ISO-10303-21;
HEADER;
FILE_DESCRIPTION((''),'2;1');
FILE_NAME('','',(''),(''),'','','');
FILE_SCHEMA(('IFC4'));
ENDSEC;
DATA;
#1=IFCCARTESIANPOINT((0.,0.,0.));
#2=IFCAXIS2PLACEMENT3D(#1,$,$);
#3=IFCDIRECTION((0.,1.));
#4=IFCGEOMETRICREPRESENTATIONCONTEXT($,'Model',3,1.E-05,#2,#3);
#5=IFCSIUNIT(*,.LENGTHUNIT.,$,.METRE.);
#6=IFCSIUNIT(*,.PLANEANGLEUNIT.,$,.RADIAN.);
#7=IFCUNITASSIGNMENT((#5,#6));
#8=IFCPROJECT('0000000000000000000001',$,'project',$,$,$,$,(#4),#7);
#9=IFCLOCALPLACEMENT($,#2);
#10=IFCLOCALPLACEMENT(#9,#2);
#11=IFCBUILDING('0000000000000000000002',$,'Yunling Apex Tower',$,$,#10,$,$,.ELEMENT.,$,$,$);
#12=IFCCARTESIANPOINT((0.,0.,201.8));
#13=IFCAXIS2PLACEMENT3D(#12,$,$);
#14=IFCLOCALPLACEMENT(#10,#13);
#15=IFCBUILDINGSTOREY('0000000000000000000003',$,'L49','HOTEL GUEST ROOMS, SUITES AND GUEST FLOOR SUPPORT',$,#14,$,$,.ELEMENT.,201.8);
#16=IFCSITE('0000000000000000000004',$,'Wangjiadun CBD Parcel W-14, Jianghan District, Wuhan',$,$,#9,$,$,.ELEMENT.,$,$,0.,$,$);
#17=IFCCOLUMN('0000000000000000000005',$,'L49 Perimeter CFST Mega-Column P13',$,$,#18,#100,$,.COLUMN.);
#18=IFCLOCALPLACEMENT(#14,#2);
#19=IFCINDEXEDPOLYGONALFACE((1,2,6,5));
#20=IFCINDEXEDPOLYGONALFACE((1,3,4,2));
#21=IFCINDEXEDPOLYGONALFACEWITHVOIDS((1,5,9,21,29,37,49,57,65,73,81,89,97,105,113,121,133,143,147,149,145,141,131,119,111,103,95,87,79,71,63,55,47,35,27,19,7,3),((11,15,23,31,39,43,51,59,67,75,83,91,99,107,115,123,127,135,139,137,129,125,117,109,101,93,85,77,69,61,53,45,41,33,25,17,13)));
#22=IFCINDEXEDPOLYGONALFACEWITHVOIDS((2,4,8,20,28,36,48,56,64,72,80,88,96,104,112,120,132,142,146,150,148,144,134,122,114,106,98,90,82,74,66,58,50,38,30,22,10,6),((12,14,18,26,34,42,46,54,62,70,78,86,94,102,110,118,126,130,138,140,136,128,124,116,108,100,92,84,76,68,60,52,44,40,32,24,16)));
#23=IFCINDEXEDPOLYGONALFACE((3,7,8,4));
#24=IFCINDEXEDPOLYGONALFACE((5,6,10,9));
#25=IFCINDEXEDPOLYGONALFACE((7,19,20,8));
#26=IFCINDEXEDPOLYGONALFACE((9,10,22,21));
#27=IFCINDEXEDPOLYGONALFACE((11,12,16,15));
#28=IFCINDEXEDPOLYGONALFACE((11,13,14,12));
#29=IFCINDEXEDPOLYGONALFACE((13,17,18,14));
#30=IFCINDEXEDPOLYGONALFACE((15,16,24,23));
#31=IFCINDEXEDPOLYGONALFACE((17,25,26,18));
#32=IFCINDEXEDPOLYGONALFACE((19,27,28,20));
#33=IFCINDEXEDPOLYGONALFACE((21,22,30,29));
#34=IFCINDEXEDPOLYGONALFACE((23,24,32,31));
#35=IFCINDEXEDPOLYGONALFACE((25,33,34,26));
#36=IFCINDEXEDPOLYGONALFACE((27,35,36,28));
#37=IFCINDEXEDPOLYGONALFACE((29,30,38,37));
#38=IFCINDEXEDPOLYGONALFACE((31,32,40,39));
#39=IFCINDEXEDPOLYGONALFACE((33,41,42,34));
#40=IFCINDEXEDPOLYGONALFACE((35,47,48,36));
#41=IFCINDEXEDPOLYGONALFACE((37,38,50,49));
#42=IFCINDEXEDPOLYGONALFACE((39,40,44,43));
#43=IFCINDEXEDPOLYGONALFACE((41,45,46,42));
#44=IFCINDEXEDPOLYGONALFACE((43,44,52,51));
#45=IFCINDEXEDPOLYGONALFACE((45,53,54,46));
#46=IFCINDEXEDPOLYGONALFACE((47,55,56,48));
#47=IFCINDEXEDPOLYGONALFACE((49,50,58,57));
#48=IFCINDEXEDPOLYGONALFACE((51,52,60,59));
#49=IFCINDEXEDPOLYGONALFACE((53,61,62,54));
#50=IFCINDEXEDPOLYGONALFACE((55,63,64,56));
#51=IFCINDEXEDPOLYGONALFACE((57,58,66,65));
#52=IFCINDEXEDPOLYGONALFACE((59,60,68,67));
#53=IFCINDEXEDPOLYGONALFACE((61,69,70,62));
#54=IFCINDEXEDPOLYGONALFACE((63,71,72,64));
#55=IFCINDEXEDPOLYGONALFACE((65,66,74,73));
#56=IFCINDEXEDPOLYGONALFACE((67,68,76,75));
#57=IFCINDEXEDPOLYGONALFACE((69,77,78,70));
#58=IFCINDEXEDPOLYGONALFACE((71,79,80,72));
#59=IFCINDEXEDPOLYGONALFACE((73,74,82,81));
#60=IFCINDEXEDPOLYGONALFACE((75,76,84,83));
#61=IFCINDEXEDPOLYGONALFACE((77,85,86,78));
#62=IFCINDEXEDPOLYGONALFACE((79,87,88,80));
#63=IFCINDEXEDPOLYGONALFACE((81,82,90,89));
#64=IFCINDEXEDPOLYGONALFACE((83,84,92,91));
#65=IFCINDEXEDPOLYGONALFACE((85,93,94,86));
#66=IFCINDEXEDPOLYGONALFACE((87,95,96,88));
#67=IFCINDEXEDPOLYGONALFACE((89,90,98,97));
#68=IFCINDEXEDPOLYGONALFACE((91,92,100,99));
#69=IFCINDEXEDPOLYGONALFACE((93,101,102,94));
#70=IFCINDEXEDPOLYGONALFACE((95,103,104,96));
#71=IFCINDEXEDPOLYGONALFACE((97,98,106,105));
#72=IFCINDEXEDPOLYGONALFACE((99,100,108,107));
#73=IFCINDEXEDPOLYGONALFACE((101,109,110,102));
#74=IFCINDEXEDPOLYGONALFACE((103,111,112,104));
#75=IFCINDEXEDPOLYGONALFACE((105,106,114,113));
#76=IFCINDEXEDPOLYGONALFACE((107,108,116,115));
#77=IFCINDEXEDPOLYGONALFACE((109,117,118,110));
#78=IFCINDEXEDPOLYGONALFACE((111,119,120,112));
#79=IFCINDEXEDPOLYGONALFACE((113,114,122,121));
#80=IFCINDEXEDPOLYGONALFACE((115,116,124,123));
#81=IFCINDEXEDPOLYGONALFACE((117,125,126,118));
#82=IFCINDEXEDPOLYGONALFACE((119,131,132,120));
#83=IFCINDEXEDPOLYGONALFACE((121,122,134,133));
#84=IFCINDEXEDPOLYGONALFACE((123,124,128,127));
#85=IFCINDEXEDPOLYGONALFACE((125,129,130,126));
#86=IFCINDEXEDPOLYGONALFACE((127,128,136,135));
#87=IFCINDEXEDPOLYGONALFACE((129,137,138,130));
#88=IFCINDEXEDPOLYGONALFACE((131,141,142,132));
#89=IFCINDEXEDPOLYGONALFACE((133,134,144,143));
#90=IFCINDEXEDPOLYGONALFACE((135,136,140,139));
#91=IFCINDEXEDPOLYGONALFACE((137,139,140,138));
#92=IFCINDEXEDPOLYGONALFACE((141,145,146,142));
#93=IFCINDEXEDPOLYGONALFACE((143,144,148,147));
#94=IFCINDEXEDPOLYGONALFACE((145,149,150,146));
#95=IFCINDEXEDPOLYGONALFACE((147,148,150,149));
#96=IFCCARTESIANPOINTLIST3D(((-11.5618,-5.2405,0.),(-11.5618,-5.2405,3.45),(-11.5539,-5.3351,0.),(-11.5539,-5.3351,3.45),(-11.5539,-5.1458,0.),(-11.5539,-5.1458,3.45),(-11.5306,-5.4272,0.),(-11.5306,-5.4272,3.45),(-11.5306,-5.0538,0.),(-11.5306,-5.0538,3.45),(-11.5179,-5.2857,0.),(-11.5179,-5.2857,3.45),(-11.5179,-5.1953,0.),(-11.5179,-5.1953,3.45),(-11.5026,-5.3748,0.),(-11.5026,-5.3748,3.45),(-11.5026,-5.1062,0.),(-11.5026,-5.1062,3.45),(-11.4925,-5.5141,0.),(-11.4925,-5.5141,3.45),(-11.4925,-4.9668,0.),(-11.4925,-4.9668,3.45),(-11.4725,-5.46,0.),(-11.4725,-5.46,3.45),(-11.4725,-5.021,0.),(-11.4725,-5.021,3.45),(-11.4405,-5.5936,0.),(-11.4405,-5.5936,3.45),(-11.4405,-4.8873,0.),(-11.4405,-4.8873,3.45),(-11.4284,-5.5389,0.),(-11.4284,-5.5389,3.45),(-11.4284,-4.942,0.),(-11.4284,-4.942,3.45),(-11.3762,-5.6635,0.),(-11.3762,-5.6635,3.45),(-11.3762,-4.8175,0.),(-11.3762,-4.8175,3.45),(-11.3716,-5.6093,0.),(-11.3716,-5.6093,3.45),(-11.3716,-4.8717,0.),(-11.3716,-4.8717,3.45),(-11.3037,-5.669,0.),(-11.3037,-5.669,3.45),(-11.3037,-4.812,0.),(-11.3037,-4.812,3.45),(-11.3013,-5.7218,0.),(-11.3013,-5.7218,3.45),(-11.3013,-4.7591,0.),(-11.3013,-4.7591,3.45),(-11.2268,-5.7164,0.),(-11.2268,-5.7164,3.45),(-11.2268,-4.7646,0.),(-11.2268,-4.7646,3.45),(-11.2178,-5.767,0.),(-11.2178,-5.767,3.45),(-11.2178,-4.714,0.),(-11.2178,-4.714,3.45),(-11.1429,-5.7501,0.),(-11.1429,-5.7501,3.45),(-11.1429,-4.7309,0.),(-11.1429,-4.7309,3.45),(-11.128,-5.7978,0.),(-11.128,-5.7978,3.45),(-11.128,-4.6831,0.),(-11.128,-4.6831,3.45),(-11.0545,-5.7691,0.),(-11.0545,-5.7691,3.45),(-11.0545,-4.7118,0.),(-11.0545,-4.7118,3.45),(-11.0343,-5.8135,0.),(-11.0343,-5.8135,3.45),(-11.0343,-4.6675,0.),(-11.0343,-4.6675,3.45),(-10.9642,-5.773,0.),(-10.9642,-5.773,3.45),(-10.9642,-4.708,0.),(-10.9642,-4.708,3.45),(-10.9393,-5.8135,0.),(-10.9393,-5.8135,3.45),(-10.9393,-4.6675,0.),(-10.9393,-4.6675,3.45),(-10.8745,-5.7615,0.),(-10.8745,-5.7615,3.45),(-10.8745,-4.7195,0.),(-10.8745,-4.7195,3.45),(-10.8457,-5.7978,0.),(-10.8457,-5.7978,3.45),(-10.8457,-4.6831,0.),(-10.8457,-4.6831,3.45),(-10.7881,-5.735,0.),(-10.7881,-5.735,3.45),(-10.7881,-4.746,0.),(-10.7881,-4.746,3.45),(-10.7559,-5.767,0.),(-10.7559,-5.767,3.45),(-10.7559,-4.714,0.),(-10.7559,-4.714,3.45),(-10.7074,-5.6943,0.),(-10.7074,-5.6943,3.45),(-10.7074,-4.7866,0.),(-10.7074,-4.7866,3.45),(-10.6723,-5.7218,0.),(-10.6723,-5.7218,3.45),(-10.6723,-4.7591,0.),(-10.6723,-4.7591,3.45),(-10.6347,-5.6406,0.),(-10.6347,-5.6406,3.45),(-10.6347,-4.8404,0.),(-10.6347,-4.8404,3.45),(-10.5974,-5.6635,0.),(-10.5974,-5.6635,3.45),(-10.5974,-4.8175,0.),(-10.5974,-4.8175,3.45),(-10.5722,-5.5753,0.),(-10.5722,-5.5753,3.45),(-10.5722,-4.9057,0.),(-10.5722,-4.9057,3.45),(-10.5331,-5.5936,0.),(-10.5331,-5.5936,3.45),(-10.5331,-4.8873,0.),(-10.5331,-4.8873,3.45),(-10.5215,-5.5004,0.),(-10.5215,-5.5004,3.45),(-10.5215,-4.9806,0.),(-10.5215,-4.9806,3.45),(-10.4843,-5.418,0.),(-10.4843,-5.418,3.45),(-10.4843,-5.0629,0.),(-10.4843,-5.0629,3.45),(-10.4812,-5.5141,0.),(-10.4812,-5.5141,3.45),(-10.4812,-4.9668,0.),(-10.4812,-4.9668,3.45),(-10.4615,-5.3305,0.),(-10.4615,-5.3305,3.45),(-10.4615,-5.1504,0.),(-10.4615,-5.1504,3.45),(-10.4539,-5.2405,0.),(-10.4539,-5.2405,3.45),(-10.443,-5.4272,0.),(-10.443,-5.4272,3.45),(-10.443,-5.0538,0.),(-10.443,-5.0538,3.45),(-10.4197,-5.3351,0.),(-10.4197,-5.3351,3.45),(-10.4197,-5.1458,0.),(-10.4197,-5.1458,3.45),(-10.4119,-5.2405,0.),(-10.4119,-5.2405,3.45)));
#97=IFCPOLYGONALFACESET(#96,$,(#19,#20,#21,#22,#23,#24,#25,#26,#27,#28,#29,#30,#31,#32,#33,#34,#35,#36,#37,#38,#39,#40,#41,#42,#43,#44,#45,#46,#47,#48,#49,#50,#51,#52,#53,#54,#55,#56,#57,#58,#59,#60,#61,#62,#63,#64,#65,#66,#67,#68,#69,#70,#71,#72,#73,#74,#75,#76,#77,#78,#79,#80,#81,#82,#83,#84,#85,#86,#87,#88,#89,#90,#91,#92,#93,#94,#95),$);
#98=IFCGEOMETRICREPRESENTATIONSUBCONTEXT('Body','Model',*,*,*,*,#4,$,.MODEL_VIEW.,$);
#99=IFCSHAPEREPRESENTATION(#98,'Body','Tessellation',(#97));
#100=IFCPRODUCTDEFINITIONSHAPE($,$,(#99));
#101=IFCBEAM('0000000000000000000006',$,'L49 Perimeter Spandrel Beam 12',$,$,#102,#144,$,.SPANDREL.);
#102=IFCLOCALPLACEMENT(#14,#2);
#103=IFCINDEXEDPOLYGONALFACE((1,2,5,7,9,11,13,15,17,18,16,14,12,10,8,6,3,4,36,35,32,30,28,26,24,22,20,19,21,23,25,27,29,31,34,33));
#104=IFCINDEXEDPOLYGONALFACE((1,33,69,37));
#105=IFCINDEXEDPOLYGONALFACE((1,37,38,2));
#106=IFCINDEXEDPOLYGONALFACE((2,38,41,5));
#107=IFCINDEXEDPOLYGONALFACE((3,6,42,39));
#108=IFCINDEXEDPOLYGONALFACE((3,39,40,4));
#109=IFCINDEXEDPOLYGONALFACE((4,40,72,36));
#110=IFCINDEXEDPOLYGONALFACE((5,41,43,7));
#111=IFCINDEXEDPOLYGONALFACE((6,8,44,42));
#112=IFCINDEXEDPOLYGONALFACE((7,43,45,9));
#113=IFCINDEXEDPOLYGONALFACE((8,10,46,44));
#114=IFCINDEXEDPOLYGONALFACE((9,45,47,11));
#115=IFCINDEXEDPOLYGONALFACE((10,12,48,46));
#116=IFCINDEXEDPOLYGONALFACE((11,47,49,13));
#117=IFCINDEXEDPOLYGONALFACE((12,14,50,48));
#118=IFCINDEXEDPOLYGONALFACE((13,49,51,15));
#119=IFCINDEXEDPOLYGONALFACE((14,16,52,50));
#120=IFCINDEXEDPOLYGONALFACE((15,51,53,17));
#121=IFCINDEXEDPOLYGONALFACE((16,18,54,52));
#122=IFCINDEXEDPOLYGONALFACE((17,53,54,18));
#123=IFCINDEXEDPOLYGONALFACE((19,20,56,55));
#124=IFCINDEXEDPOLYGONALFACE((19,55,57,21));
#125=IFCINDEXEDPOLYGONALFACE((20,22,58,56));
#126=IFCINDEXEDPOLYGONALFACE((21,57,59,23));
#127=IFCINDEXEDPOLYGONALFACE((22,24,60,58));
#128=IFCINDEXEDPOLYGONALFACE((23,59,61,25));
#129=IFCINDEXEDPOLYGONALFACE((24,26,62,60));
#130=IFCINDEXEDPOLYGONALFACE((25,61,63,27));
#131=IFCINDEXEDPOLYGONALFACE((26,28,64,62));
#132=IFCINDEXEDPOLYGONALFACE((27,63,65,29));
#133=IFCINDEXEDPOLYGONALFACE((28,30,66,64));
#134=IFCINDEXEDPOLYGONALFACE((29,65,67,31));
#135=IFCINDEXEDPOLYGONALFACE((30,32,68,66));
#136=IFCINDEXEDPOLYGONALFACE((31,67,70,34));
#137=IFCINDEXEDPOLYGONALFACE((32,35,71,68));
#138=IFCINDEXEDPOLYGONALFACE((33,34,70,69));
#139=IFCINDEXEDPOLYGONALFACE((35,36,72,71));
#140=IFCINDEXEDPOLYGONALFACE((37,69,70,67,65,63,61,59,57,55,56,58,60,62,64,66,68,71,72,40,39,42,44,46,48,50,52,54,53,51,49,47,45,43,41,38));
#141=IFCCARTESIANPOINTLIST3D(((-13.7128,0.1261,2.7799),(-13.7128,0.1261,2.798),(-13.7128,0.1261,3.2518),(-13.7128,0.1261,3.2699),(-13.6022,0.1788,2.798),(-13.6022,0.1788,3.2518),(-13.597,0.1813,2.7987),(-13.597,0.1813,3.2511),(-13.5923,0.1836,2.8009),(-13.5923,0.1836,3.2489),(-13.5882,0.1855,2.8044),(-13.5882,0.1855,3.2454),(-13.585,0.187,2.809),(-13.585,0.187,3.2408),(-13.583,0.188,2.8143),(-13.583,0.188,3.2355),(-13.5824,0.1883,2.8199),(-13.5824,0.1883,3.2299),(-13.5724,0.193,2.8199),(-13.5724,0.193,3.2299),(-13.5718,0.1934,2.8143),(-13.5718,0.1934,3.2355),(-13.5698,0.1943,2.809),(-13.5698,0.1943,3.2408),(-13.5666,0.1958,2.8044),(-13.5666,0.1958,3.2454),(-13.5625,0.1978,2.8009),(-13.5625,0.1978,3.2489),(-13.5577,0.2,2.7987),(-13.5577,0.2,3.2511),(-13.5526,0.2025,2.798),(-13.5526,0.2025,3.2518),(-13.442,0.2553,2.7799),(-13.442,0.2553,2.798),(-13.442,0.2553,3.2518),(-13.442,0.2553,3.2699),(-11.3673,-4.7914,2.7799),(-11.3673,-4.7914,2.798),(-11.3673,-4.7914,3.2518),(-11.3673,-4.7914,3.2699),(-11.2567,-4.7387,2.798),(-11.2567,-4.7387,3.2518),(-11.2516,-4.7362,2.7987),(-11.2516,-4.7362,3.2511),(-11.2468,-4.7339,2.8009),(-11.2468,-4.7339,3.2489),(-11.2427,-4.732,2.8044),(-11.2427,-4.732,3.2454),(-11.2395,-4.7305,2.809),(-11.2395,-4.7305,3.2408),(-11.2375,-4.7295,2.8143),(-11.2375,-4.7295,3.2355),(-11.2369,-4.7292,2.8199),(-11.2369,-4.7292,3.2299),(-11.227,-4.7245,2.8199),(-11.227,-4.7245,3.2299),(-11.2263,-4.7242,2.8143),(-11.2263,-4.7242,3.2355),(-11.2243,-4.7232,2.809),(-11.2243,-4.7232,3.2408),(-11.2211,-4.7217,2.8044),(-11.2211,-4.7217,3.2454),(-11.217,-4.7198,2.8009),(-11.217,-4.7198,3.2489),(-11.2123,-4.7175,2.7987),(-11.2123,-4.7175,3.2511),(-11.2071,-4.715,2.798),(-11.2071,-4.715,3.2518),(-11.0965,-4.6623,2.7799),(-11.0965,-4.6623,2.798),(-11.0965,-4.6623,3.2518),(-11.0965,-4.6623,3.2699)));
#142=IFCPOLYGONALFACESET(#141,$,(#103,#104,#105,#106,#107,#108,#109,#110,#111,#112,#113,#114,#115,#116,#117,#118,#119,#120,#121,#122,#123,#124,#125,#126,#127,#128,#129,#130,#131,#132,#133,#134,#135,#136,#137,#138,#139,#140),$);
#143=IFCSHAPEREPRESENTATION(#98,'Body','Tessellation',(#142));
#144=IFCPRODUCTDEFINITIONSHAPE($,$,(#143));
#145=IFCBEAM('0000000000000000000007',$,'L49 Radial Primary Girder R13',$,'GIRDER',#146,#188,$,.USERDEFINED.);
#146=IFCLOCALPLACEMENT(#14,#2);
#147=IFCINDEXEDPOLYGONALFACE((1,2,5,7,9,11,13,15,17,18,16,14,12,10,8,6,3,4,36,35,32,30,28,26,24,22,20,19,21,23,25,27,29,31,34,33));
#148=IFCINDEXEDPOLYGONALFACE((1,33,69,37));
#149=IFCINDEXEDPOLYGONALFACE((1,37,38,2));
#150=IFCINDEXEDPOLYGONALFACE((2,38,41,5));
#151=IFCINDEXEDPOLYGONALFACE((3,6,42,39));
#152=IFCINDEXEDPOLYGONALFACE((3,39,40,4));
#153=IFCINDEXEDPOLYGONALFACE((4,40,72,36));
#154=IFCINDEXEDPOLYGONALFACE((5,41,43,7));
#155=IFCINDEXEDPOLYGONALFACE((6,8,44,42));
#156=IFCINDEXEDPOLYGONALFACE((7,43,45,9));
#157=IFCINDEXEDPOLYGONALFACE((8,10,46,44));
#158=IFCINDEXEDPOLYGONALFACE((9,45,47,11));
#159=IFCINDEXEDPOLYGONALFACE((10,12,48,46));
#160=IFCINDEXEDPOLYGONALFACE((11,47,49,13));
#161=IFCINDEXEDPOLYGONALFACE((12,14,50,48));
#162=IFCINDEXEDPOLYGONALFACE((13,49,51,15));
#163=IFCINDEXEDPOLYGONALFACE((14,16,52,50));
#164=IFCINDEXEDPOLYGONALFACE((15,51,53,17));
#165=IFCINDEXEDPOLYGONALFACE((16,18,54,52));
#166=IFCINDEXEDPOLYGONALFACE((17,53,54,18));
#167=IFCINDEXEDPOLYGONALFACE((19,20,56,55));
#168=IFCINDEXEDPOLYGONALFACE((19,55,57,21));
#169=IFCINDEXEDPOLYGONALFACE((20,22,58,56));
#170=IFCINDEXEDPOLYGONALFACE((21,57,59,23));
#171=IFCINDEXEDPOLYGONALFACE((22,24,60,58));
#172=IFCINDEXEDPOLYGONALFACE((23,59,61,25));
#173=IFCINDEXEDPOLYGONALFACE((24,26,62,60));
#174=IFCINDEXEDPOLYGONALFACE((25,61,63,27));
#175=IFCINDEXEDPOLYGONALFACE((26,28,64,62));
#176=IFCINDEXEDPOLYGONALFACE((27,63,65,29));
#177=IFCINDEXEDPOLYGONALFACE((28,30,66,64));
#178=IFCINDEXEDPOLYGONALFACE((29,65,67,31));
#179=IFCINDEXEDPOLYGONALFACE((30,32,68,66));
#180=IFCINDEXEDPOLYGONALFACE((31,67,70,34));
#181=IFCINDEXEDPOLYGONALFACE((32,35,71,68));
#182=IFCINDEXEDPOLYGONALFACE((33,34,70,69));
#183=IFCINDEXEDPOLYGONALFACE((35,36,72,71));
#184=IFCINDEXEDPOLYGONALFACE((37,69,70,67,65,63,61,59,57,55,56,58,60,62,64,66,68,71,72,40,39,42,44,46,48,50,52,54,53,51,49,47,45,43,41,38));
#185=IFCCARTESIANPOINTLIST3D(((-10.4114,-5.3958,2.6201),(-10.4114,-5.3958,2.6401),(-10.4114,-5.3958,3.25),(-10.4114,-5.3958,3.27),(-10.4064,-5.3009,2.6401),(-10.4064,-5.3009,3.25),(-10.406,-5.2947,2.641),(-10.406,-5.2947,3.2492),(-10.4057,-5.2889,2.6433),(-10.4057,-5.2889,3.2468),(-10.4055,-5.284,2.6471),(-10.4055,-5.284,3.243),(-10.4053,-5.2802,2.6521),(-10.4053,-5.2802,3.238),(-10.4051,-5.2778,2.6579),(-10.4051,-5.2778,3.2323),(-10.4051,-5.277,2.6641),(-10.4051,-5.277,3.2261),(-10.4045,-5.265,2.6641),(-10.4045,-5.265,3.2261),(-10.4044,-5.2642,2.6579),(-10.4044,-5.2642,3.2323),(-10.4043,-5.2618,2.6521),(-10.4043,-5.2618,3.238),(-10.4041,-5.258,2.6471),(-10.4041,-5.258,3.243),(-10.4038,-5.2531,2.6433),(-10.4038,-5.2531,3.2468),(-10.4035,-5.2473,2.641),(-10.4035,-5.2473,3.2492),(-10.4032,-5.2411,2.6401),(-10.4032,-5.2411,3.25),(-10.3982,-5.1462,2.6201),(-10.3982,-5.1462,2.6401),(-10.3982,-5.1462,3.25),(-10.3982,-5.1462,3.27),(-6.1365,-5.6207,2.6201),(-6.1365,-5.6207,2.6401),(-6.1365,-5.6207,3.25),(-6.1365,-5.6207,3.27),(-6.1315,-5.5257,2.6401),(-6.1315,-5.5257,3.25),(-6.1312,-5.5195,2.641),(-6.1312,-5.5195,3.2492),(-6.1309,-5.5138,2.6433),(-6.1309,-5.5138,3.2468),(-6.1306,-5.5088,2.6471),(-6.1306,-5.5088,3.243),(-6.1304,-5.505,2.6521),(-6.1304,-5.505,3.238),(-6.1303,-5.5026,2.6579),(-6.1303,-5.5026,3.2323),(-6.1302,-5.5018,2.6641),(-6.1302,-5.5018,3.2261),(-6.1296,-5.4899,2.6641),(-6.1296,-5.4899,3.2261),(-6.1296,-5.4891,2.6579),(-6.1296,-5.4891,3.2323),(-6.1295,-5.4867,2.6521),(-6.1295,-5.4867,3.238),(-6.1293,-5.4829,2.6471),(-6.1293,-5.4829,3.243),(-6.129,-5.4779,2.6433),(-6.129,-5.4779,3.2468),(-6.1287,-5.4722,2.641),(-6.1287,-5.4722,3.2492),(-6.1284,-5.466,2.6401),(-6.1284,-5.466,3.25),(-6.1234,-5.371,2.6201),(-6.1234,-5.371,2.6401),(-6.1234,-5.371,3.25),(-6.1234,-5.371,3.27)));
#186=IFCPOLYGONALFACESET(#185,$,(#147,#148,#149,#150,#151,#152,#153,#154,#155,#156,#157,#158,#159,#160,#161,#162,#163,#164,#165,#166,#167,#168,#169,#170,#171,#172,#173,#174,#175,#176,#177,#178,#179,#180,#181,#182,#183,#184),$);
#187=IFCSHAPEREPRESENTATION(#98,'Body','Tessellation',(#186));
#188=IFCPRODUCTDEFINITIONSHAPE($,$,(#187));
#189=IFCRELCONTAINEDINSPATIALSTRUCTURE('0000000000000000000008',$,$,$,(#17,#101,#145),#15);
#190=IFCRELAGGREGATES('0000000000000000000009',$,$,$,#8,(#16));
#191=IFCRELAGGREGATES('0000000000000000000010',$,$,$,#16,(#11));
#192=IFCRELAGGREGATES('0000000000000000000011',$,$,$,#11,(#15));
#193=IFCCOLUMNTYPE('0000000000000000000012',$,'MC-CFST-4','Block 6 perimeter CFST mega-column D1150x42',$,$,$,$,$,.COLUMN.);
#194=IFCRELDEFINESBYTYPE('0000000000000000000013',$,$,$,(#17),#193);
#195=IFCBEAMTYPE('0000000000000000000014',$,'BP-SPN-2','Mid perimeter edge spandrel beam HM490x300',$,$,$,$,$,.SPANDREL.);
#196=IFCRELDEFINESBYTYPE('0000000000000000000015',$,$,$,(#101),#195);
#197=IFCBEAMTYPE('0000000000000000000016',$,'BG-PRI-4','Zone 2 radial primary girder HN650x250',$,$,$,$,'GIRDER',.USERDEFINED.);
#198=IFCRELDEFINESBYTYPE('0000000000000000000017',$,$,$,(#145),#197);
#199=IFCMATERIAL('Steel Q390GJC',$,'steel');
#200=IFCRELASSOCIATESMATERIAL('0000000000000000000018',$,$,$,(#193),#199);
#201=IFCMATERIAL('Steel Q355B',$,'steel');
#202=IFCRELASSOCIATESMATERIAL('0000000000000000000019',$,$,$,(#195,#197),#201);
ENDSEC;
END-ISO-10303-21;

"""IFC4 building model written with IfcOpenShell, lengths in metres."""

from ifc_helpers import new_model, si_unit, direction, frame, origin, origin_2d, place, context, subcontext, project, spatial, hollow_circle, i_section, extrude, source, transform, mapped, material, material_profile, profile_set, type_object, element, save


model = new_model("IFC4")

# Units and contexts
model_context = context("Model", 3, precision=1e-05, world=origin(), true_north=direction((0.0, 1.0)))
body_context = subcontext(model_context, "Body", "Model", "MODEL_VIEW")
ifc_project = project(units=[si_unit("LENGTHUNIT", "METRE"), si_unit("PLANEANGLEUNIT", "RADIAN")], contexts=[model_context])

# Site, building, storey
site_placement = place(None, origin())
site = spatial("IfcSite", under=ifc_project, at=site_placement, Name="Wangjiadun CBD Parcel W-14, Jianghan District, Wuhan", CompositionType="ELEMENT", RefElevation=0.0)
building_placement = place(site_placement, origin())
building = spatial("IfcBuilding", under=site, at=building_placement, Name="Yunling Apex Tower", CompositionType="ELEMENT")
storey_placement = place(building_placement, frame((0.0, 0.0, 201.8)))
storey = spatial("IfcBuildingStorey", under=building, at=storey_placement, Name="L49", Description="HOTEL GUEST ROOMS, SUITES AND GUEST FLOOR SUPPORT", CompositionType="ELEMENT", Elevation=201.8)

# Column
ifc_material_1 = material(Name="Steel Q390GJC", Category="steel")
ifc_material_profile_1 = material_profile(ifc_material_1, hollow_circle(Radius=0.575, WallThickness=0.042, at=origin_2d()))
ifc_profile_set_1 = profile_set([ifc_material_profile_1], Name="Steel Q390GJC")
column_type = type_object("IfcColumnType", Name="MC-CFST-4", Description="Block 6 perimeter CFST mega-column D1150x42", PredefinedType="COLUMN", material=ifc_profile_set_1)
shared_shape_1 = source(origin(), body_context, "Body", "SweptSolid", [
    extrude(hollow_circle(Radius=0.575, WallThickness=0.042, at=origin_2d()), origin(), (0.0, 0.0, 1.0), 3.45),
])
column_placement = place(storey_placement, frame((-10.9868, -5.2405, 0.0), z_axis=(0.0, 0.0, 1.0), x_axis=(1.0, 0.0, 0.0)))
element("IfcColumn", 1, at=column_placement, inside=storey, type_object=column_type, Name="L49 Perimeter CFST Mega-Column P13", PredefinedType="COLUMN", context=body_context, shape_type="MappedRepresentation", body=[
    mapped(shared_shape_1, transform((0.0, 0.0, 0.0), scale=1.0)),
])

# Beams
ifc_material_2 = material(Name="Steel Q355B", Category="steel")
ifc_material_profile_2 = material_profile(ifc_material_2, i_section(OverallWidth=0.3, OverallDepth=0.49, WebThickness=0.011, FlangeThickness=0.0181, FilletRadius=0.022, at=origin_2d()))
ifc_profile_set_2 = profile_set([ifc_material_profile_2], Name="Steel Q355B")
beam_type_1 = type_object("IfcBeamType", Name="BP-SPN-2", Description="Mid perimeter edge spandrel beam HM490x300", PredefinedType="SPANDREL", material=ifc_profile_set_2)
shared_shape_2 = source(origin(), body_context, "Body", "SweptSolid", [
    extrude(i_section(OverallWidth=0.3, OverallDepth=0.49, WebThickness=0.011, FlangeThickness=0.0181, FilletRadius=0.022, at=origin_2d()), origin(), (0.0, 0.0, 1.0), 5.4482),
])
beam_1_placement = place(storey_placement, frame((-13.5774, 0.1907, 3.0249), z_axis=(0.430502, -0.902589, 0.0), x_axis=(0.902589, 0.430502, 0.0)))
element("IfcBeam", 2, at=beam_1_placement, inside=storey, type_object=beam_type_1, Name="L49 Perimeter Spandrel Beam 12", PredefinedType="SPANDREL", context=body_context, shape_type="MappedRepresentation", body=[
    mapped(shared_shape_2, transform((0.0, 0.0, 0.0), scale=1.0)),
])
ifc_material_profile_3 = material_profile(ifc_material_2, i_section(OverallWidth=0.25, OverallDepth=0.6499, WebThickness=0.012, FlangeThickness=0.02, FilletRadius=0.0239, at=origin_2d()))
ifc_profile_set_3 = profile_set([ifc_material_profile_3], Name="Steel Q355B")
beam_type_2 = type_object("IfcBeamType", Name="BG-PRI-4", Description="Zone 2 radial primary girder HN650x250", ElementType="GIRDER", PredefinedType="USERDEFINED", material=ifc_profile_set_3)
shared_shape_3 = source(origin(), body_context, "Body", "SweptSolid", [
    extrude(i_section(OverallWidth=0.25, OverallDepth=0.6499, WebThickness=0.012, FlangeThickness=0.02, FilletRadius=0.0239, at=origin_2d()), origin(), (0.0, 0.0, 1.0), 4.2808),
])
beam_2_placement = place(storey_placement, frame((-10.4048, -5.271, 2.9451), z_axis=(0.99862, -0.052526, 0.0), x_axis=(0.052526, 0.99862, 0.0)))
element("IfcBeam", 3, at=beam_2_placement, inside=storey, type_object=beam_type_2, Name="L49 Radial Primary Girder R13", ObjectType="GIRDER", PredefinedType="USERDEFINED", context=body_context, shape_type="MappedRepresentation", body=[
    mapped(shared_shape_3, transform((0.0, 0.0, 0.0), scale=1.0)),
])

save(model, "model.ifc")
